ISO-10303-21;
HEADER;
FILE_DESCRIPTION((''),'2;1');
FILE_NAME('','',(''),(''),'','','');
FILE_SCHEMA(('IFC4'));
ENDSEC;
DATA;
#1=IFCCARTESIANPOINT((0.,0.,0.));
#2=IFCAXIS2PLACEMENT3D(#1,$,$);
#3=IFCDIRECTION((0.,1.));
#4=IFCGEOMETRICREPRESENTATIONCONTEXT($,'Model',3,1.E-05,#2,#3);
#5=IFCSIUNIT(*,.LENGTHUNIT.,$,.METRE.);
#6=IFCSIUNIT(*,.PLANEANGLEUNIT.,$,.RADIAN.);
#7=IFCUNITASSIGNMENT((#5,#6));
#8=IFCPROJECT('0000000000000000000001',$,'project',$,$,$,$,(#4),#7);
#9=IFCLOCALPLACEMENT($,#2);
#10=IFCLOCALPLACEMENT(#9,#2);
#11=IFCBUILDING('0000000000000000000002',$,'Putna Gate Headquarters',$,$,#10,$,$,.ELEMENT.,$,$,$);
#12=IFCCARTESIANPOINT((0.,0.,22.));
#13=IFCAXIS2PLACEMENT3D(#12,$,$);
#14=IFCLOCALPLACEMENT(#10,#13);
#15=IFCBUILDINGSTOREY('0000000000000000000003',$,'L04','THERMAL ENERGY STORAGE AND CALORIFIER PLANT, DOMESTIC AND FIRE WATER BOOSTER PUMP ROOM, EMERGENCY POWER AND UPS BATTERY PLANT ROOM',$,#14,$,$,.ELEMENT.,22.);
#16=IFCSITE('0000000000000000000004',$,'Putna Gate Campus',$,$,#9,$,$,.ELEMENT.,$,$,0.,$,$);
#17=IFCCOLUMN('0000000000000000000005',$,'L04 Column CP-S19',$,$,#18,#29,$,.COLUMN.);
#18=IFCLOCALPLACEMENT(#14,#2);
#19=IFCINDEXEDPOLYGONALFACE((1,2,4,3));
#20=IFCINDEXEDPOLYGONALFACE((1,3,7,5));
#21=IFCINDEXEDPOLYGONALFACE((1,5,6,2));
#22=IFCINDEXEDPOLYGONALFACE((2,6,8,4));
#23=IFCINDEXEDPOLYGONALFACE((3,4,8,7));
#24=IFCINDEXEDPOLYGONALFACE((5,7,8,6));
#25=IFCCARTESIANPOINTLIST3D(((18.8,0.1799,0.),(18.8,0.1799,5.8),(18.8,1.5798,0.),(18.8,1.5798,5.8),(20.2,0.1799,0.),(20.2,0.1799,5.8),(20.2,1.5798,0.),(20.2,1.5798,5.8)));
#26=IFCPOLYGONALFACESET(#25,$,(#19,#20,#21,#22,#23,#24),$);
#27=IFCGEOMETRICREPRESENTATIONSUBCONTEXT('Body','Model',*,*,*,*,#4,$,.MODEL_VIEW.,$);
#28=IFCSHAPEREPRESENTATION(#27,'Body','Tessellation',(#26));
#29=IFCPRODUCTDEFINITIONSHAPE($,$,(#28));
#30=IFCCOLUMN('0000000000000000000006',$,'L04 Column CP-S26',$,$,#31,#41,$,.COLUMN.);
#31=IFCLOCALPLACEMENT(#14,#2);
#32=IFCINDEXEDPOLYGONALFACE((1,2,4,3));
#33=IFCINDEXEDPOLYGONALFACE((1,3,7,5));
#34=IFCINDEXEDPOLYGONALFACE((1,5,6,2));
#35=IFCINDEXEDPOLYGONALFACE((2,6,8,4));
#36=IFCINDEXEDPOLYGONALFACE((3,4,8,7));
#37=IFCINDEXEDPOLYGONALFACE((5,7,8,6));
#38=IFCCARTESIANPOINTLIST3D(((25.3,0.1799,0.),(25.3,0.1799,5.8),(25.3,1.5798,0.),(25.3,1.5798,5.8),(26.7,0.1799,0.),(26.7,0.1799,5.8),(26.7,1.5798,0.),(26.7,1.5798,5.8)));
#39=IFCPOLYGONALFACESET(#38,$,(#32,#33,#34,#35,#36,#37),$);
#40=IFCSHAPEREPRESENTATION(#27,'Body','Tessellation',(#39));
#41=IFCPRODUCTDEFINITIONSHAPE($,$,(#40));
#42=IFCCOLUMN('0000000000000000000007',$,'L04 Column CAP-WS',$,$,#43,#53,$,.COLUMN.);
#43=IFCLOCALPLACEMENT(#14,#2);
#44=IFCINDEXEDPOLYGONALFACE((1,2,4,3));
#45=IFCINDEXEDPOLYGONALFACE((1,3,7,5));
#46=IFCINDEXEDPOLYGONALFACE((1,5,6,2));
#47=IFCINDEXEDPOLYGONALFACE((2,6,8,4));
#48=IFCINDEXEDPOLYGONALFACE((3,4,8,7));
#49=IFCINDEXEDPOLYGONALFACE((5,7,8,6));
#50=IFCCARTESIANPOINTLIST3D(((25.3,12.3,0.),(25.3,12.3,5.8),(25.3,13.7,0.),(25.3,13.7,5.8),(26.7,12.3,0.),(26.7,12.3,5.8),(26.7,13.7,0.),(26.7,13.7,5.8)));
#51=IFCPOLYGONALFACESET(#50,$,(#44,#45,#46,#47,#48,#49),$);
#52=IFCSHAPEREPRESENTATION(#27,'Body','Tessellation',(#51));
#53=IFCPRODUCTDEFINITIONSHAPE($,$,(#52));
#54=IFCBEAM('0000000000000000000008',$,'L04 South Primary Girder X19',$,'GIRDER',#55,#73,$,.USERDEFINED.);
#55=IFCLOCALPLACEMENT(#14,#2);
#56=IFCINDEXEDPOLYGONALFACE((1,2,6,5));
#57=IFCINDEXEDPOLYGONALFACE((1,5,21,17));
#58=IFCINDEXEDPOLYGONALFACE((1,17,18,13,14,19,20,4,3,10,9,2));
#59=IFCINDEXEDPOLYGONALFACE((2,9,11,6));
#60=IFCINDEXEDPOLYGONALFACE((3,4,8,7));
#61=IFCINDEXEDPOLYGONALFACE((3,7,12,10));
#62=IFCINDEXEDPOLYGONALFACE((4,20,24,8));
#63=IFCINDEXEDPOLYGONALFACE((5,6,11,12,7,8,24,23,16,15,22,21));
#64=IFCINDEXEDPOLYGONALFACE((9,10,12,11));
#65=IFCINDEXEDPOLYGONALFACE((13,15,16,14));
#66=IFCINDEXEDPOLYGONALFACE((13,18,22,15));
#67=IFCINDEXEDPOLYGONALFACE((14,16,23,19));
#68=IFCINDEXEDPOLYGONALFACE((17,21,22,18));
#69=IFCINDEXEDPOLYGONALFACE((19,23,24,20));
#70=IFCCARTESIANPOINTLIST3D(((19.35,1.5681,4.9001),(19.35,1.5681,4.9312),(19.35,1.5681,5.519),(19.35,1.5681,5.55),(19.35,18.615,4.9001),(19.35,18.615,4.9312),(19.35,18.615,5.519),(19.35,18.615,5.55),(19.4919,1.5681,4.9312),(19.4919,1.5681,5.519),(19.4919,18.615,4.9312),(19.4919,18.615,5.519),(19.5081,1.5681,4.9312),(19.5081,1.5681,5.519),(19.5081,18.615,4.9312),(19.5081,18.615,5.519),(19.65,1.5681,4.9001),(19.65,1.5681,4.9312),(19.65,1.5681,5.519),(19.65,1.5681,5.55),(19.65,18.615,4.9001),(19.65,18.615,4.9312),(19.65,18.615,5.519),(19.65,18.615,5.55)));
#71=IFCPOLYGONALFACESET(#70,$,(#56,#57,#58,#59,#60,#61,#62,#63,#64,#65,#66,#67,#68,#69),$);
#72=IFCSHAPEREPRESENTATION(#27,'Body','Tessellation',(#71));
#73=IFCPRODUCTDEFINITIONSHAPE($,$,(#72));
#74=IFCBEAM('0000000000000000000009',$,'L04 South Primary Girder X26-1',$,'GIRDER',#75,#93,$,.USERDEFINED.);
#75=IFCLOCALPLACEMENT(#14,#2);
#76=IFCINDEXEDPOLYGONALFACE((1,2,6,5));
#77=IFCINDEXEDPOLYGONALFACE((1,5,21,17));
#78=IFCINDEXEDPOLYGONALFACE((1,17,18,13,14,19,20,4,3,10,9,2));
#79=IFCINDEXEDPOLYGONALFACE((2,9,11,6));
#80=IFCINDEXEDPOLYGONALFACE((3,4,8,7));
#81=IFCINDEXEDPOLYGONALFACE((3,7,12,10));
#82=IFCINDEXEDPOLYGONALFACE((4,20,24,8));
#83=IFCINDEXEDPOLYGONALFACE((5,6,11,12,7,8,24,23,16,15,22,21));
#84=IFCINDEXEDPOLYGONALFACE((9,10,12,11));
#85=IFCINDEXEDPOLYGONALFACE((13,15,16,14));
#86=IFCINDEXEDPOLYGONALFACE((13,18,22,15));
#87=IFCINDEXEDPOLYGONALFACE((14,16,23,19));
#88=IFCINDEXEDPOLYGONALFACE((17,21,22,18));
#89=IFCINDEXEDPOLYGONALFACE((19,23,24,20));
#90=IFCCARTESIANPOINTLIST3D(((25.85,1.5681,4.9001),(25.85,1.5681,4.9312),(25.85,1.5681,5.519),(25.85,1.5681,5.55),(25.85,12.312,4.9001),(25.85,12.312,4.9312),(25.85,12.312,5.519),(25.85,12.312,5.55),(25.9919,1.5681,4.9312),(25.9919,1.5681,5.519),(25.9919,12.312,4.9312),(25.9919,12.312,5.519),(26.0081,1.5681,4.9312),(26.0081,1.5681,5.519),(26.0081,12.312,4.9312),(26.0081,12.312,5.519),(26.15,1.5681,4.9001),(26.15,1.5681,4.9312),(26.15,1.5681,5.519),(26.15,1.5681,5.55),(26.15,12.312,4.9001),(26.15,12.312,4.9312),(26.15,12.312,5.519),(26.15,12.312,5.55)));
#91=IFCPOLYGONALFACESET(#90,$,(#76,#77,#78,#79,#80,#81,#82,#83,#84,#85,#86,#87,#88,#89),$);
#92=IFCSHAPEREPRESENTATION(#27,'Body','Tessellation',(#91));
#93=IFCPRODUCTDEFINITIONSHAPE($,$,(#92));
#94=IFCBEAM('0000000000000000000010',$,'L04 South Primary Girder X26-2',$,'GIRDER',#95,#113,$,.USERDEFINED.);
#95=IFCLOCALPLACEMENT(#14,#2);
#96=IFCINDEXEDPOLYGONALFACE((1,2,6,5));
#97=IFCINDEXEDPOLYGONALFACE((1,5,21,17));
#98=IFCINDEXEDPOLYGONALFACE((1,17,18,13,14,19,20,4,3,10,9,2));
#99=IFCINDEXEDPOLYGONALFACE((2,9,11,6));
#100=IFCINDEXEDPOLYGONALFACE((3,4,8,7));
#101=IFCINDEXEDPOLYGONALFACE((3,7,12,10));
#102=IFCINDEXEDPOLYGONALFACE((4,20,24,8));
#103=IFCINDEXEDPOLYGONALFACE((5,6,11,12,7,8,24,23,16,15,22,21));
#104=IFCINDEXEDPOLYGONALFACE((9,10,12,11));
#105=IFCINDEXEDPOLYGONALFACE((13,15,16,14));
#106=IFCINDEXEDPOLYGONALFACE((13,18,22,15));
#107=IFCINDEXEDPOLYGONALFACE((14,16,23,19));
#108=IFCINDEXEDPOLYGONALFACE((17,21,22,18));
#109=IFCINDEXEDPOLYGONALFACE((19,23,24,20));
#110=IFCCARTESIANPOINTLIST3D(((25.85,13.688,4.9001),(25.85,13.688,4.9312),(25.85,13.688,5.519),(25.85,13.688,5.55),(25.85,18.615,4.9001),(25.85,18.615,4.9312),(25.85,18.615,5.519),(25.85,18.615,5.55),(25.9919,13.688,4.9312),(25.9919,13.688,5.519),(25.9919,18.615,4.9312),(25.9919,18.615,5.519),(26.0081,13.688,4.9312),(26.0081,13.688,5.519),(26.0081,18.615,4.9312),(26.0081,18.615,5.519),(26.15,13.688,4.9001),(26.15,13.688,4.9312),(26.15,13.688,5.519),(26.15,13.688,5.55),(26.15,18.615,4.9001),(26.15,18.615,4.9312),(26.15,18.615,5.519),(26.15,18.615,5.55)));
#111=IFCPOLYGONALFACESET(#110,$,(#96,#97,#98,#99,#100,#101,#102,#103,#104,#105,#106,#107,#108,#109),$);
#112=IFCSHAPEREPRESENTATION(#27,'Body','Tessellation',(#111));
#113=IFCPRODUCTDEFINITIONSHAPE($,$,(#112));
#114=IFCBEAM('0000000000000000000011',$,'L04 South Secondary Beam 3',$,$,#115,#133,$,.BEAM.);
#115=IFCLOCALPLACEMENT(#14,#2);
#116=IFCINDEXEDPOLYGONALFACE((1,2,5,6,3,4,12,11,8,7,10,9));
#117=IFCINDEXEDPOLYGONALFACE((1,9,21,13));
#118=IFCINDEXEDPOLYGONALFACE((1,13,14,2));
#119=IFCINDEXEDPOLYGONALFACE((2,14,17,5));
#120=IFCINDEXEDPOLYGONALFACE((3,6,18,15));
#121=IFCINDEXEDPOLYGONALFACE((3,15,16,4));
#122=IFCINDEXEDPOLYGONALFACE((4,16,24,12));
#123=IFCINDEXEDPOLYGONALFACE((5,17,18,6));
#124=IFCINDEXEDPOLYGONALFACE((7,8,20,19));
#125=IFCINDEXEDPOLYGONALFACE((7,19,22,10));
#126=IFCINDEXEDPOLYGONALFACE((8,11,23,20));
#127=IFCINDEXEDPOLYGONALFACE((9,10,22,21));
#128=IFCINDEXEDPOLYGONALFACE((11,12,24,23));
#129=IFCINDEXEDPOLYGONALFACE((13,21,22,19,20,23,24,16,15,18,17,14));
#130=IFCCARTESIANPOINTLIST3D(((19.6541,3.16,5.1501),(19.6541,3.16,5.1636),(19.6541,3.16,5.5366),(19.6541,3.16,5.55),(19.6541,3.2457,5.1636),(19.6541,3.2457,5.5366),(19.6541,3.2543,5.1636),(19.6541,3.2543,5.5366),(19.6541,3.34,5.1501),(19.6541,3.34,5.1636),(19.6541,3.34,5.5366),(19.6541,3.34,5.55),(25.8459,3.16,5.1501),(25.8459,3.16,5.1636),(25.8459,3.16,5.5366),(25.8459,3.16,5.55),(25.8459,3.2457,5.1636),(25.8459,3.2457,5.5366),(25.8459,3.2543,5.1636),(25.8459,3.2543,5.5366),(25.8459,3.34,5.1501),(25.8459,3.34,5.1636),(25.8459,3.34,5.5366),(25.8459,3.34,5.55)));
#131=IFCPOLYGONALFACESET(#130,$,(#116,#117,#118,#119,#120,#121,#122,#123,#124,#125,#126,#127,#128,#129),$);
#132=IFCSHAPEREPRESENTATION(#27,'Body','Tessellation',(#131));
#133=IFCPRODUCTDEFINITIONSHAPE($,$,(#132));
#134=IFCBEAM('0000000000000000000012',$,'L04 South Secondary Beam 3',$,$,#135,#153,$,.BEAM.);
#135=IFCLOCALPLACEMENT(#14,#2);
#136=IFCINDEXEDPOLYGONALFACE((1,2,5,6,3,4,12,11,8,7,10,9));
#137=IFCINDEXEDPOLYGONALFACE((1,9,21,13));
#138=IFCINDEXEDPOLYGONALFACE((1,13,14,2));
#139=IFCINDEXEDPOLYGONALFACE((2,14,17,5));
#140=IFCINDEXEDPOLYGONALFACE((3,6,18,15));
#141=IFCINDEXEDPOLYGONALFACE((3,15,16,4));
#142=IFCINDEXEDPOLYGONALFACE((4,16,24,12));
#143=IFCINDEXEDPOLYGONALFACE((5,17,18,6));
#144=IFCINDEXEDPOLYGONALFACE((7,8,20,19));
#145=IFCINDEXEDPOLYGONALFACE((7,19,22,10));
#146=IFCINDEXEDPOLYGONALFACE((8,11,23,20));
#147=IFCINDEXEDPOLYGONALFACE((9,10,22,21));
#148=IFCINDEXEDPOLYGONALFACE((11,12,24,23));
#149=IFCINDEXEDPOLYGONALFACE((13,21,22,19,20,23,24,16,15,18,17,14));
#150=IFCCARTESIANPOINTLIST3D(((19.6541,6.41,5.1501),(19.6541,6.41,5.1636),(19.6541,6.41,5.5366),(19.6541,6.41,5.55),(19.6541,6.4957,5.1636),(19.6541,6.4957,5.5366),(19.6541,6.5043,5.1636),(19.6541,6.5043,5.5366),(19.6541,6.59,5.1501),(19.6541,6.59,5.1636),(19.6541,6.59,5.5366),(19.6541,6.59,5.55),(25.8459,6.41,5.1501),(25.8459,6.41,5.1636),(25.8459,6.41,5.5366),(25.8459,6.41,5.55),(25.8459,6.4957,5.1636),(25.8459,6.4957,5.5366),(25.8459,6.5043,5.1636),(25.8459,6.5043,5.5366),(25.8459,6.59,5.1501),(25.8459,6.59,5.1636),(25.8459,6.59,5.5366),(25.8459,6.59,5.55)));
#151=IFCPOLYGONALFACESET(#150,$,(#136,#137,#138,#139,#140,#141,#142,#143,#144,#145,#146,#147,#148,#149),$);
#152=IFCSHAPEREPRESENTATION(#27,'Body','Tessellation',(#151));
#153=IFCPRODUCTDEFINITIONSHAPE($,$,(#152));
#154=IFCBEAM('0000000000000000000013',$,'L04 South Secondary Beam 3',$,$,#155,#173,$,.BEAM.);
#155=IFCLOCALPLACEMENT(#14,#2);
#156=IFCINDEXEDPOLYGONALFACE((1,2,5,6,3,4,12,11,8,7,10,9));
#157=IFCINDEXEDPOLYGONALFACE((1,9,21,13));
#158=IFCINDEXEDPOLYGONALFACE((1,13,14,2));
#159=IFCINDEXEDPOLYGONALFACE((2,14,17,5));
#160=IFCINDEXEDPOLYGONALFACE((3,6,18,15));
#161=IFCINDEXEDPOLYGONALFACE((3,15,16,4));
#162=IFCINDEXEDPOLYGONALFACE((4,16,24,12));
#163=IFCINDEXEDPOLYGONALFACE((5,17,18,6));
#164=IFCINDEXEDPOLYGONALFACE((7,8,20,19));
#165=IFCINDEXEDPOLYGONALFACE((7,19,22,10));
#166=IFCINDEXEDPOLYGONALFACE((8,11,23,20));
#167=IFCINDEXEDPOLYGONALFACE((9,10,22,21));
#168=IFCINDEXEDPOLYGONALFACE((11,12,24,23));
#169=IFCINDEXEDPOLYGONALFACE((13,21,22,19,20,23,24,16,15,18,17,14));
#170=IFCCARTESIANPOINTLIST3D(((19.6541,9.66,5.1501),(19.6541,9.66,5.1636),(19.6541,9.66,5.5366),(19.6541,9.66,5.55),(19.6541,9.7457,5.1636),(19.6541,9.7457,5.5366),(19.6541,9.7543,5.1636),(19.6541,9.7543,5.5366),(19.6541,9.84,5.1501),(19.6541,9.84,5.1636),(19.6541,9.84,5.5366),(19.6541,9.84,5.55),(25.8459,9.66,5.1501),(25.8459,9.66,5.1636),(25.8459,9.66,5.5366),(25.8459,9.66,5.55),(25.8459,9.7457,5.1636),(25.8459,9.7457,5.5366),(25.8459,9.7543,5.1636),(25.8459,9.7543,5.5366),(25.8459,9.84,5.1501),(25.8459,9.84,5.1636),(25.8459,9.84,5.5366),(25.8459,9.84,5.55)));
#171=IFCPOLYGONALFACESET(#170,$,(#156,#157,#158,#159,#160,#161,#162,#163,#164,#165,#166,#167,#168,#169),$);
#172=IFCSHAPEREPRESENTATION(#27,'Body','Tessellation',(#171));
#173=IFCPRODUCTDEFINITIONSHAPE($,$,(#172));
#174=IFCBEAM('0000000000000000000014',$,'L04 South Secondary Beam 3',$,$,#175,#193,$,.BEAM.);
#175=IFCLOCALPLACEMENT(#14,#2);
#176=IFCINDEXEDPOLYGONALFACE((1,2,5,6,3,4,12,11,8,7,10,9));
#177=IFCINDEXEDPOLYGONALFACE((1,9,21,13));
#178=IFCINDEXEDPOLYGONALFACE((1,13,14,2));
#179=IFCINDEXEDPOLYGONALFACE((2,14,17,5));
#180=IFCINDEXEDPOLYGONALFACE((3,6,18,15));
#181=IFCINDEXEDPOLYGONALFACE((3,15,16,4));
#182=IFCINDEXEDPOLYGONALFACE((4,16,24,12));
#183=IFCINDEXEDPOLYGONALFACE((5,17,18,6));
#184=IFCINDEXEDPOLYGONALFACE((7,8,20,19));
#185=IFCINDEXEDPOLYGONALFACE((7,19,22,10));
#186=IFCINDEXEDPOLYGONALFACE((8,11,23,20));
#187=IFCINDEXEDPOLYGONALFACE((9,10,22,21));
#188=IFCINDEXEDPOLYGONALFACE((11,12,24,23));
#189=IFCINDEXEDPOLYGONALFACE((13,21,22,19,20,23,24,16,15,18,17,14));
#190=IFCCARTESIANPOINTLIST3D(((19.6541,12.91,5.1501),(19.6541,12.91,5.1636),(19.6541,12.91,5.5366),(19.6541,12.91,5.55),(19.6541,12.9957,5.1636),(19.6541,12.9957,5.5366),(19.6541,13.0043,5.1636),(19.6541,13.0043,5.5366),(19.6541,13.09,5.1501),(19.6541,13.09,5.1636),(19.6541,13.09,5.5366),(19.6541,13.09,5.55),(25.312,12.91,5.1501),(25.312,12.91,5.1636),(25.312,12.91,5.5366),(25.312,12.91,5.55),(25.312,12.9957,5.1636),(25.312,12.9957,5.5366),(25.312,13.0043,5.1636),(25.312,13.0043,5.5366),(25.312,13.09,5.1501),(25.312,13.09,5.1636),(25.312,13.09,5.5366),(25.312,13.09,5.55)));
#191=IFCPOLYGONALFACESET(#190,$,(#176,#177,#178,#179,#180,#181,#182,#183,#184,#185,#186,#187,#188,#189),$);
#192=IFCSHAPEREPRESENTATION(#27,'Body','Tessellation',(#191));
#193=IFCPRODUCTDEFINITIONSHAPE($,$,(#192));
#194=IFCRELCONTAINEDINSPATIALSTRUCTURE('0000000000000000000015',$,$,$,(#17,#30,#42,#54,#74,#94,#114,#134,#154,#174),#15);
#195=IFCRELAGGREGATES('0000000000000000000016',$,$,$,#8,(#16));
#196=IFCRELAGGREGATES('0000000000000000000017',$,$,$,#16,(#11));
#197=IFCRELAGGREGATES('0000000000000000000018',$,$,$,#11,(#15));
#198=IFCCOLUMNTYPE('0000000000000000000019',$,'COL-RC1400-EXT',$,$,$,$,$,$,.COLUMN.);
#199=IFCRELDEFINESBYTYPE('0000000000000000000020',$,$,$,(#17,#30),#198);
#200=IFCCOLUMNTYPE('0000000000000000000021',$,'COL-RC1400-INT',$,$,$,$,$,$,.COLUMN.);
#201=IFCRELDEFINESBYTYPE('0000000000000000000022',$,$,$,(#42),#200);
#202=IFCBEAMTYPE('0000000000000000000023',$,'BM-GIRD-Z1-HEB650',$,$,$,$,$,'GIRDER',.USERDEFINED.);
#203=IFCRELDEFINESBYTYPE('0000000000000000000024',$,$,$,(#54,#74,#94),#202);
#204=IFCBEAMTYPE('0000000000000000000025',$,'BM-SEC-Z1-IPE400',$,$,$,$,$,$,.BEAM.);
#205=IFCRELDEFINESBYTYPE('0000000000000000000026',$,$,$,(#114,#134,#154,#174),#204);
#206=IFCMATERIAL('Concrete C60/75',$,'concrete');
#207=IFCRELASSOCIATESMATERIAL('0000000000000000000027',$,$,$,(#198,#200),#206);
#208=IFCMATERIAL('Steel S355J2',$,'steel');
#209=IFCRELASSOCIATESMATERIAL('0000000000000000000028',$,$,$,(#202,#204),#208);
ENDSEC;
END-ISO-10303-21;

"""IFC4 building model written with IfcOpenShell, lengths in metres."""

from ifc_helpers import new_model, si_unit, direction, frame, origin, origin_2d, place, context, subcontext, project, spatial, rectangle, i_section, extrude, material, material_profile, profile_set, type_object, element, save


model = new_model("IFC4")

# Units and contexts
model_context = context("Model", 3, precision=1e-05, world=origin(), true_north=direction((0.0, 1.0)))
body_context = subcontext(model_context, "Body", "Model", "MODEL_VIEW")
ifc_project = project(units=[si_unit("LENGTHUNIT", "METRE"), si_unit("PLANEANGLEUNIT", "RADIAN")], contexts=[model_context])

# Site, building, storey
site_placement = place(None, origin())
site = spatial("IfcSite", under=ifc_project, at=site_placement, Name="Putna Gate Campus", CompositionType="ELEMENT", RefElevation=0.0)
building_placement = place(site_placement, origin())
building = spatial("IfcBuilding", under=site, at=building_placement, Name="Putna Gate Headquarters", CompositionType="ELEMENT")
storey_placement = place(building_placement, frame((0.0, 0.0, 22.0)))
storey = spatial("IfcBuildingStorey", under=building, at=storey_placement, Name="L04", Description="THERMAL ENERGY STORAGE AND CALORIFIER PLANT, DOMESTIC AND FIRE WATER BOOSTER PUMP ROOM, EMERGENCY POWER AND UPS BATTERY PLANT ROOM", CompositionType="ELEMENT", Elevation=22.0)

# Columns
ifc_material_1 = material(Name="Concrete C60/75", Category="concrete")
ifc_material_profile_1 = material_profile(ifc_material_1, rectangle(XDim=1.3999, YDim=1.3999, at=origin_2d()), Name="Concrete C60/75")
ifc_profile_set_1 = profile_set([ifc_material_profile_1], Name="Concrete C60/75")
column_type_1 = type_object("IfcColumnType", Name="COL-RC1400-EXT", PredefinedType="COLUMN", material=ifc_profile_set_1)
for number, where, z_axis, x_axis, name in (
    (1, (19.5, 0.8799, 0.0), (0.0, 0.0, 1.0), (1.0, 0.0, 0.0), "L04 Column CP-S19"),
    (2, (26.0, 0.8799, 0.0), (0.0, 0.0, 1.0), (1.0, 0.0, 0.0), "L04 Column CP-S26"),
):
    element("IfcColumn", number, at=place(storey_placement, frame(where, z_axis=z_axis, x_axis=x_axis)), inside=storey, type_object=column_type_1, Name=name, PredefinedType="COLUMN", context=body_context, shape_type="SweptSolid", body=[
        extrude(rectangle(XDim=1.3999, YDim=1.3999, at=origin_2d()), origin(), (0.0, 0.0, 1.0), 5.8),
    ])
ifc_material_profile_2 = material_profile(ifc_material_1, rectangle(XDim=1.3999, YDim=1.3999, at=origin_2d()), Name="Concrete C60/75")
ifc_profile_set_2 = profile_set([ifc_material_profile_2], Name="Concrete C60/75")
column_type_2 = type_object("IfcColumnType", Name="COL-RC1400-INT", PredefinedType="COLUMN", material=ifc_profile_set_2)
column_placement = place(storey_placement, frame((26.0, 13.0, 0.0), z_axis=(0.0, 0.0, 1.0), x_axis=(1.0, 0.0, 0.0)))
element("IfcColumn", 3, at=column_placement, inside=storey, type_object=column_type_2, Name="L04 Column CAP-WS", PredefinedType="COLUMN", context=body_context, shape_type="SweptSolid", body=[
    extrude(rectangle(XDim=1.3999, YDim=1.3999, at=origin_2d()), origin(), (0.0, 0.0, 1.0), 5.8),
])

# Beams
ifc_material_2 = material(Name="Steel S355J2", Category="steel")
ifc_material_profile_3 = material_profile(ifc_material_2, i_section(OverallWidth=0.3, OverallDepth=0.6499, WebThickness=0.0161, FlangeThickness=0.031, at=origin_2d()), Name="Steel S355J2")
ifc_profile_set_3 = profile_set([ifc_material_profile_3], Name="Steel S355J2")
beam_type_1 = type_object("IfcBeamType", Name="BM-GIRD-Z1-HEB650", ElementType="GIRDER", PredefinedType="USERDEFINED", material=ifc_profile_set_3)
beam_1_placement = place(storey_placement, frame((19.5, 1.5681, 5.2251), z_axis=(0.0, 1.0, 0.0), x_axis=(-1.0, 0.0, 0.0)))
element("IfcBeam", 4, at=beam_1_placement, inside=storey, type_object=beam_type_1, Name="L04 South Primary Girder X19", ObjectType="GIRDER", PredefinedType="USERDEFINED", context=body_context, shape_type="SweptSolid", body=[
    extrude(i_section(OverallWidth=0.3, OverallDepth=0.6499, WebThickness=0.0161, FlangeThickness=0.031, at=origin_2d()), origin(), (0.0, 0.0, 1.0), 17.0469),
])
beam_2_placement = place(storey_placement, frame((26.0, 1.5681, 5.2251), z_axis=(0.0, 1.0, 0.0), x_axis=(-1.0, 0.0, 0.0)))
element("IfcBeam", 5, at=beam_2_placement, inside=storey, type_object=beam_type_1, Name="L04 South Primary Girder X26-1", ObjectType="GIRDER", PredefinedType="USERDEFINED", context=body_context, shape_type="SweptSolid", body=[
    extrude(i_section(OverallWidth=0.3, OverallDepth=0.6499, WebThickness=0.0161, FlangeThickness=0.031, at=origin_2d()), origin(), (0.0, 0.0, 1.0), 10.7439),
])
beam_3_placement = place(storey_placement, frame((26.0, 13.688, 5.2251), z_axis=(0.0, 1.0, 0.0), x_axis=(-1.0, 0.0, 0.0)))
element("IfcBeam", 6, at=beam_3_placement, inside=storey, type_object=beam_type_1, Name="L04 South Primary Girder X26-2", ObjectType="GIRDER", PredefinedType="USERDEFINED", context=body_context, shape_type="SweptSolid", body=[
    extrude(i_section(OverallWidth=0.3, OverallDepth=0.6499, WebThickness=0.0161, FlangeThickness=0.031, at=origin_2d()), origin(), (0.0, 0.0, 1.0), 4.927),
])
ifc_material_profile_4 = material_profile(ifc_material_2, i_section(OverallWidth=0.1799, OverallDepth=0.3999, WebThickness=0.0085, FlangeThickness=0.0134, at=origin_2d()), Name="Steel S355J2")
ifc_profile_set_4 = profile_set([ifc_material_profile_4], Name="Steel S355J2")
beam_type_2 = type_object("IfcBeamType", Name="BM-SEC-Z1-IPE400", PredefinedType="BEAM", material=ifc_profile_set_4)
for number, where, z_axis, x_axis, name in (
    (7, (19.6541, 3.25, 5.3501), (1.0, 0.0, 0.0), (0.0, 1.0, 0.0), "L04 South Secondary Beam 3"),
    (8, (19.6541, 6.5, 5.3501), (1.0, 0.0, 0.0), (0.0, 1.0, 0.0), "L04 South Secondary Beam 3"),
    (9, (19.6541, 9.75, 5.3501), (1.0, 0.0, 0.0), (0.0, 1.0, 0.0), "L04 South Secondary Beam 3"),
):
    element("IfcBeam", number, at=place(storey_placement, frame(where, z_axis=z_axis, x_axis=x_axis)), inside=storey, type_object=beam_type_2, Name=name, PredefinedType="BEAM", context=body_context, shape_type="SweptSolid", body=[
        extrude(i_section(OverallWidth=0.1799, OverallDepth=0.3999, WebThickness=0.0085, FlangeThickness=0.0134, at=origin_2d()), origin(), (0.0, 0.0, 1.0), 6.1919),
    ])
beam_4_placement = place(storey_placement, frame((19.6541, 13.0, 5.3501), z_axis=(1.0, 0.0, 0.0), x_axis=(0.0, 1.0, 0.0)))
element("IfcBeam", 10, at=beam_4_placement, inside=storey, type_object=beam_type_2, Name="L04 South Secondary Beam 3", PredefinedType="BEAM", context=body_context, shape_type="SweptSolid", body=[
    extrude(i_section(OverallWidth=0.1799, OverallDepth=0.3999, WebThickness=0.0085, FlangeThickness=0.0134, at=origin_2d()), origin(), (0.0, 0.0, 1.0), 5.658),
])

save(model, "model.ifc")
